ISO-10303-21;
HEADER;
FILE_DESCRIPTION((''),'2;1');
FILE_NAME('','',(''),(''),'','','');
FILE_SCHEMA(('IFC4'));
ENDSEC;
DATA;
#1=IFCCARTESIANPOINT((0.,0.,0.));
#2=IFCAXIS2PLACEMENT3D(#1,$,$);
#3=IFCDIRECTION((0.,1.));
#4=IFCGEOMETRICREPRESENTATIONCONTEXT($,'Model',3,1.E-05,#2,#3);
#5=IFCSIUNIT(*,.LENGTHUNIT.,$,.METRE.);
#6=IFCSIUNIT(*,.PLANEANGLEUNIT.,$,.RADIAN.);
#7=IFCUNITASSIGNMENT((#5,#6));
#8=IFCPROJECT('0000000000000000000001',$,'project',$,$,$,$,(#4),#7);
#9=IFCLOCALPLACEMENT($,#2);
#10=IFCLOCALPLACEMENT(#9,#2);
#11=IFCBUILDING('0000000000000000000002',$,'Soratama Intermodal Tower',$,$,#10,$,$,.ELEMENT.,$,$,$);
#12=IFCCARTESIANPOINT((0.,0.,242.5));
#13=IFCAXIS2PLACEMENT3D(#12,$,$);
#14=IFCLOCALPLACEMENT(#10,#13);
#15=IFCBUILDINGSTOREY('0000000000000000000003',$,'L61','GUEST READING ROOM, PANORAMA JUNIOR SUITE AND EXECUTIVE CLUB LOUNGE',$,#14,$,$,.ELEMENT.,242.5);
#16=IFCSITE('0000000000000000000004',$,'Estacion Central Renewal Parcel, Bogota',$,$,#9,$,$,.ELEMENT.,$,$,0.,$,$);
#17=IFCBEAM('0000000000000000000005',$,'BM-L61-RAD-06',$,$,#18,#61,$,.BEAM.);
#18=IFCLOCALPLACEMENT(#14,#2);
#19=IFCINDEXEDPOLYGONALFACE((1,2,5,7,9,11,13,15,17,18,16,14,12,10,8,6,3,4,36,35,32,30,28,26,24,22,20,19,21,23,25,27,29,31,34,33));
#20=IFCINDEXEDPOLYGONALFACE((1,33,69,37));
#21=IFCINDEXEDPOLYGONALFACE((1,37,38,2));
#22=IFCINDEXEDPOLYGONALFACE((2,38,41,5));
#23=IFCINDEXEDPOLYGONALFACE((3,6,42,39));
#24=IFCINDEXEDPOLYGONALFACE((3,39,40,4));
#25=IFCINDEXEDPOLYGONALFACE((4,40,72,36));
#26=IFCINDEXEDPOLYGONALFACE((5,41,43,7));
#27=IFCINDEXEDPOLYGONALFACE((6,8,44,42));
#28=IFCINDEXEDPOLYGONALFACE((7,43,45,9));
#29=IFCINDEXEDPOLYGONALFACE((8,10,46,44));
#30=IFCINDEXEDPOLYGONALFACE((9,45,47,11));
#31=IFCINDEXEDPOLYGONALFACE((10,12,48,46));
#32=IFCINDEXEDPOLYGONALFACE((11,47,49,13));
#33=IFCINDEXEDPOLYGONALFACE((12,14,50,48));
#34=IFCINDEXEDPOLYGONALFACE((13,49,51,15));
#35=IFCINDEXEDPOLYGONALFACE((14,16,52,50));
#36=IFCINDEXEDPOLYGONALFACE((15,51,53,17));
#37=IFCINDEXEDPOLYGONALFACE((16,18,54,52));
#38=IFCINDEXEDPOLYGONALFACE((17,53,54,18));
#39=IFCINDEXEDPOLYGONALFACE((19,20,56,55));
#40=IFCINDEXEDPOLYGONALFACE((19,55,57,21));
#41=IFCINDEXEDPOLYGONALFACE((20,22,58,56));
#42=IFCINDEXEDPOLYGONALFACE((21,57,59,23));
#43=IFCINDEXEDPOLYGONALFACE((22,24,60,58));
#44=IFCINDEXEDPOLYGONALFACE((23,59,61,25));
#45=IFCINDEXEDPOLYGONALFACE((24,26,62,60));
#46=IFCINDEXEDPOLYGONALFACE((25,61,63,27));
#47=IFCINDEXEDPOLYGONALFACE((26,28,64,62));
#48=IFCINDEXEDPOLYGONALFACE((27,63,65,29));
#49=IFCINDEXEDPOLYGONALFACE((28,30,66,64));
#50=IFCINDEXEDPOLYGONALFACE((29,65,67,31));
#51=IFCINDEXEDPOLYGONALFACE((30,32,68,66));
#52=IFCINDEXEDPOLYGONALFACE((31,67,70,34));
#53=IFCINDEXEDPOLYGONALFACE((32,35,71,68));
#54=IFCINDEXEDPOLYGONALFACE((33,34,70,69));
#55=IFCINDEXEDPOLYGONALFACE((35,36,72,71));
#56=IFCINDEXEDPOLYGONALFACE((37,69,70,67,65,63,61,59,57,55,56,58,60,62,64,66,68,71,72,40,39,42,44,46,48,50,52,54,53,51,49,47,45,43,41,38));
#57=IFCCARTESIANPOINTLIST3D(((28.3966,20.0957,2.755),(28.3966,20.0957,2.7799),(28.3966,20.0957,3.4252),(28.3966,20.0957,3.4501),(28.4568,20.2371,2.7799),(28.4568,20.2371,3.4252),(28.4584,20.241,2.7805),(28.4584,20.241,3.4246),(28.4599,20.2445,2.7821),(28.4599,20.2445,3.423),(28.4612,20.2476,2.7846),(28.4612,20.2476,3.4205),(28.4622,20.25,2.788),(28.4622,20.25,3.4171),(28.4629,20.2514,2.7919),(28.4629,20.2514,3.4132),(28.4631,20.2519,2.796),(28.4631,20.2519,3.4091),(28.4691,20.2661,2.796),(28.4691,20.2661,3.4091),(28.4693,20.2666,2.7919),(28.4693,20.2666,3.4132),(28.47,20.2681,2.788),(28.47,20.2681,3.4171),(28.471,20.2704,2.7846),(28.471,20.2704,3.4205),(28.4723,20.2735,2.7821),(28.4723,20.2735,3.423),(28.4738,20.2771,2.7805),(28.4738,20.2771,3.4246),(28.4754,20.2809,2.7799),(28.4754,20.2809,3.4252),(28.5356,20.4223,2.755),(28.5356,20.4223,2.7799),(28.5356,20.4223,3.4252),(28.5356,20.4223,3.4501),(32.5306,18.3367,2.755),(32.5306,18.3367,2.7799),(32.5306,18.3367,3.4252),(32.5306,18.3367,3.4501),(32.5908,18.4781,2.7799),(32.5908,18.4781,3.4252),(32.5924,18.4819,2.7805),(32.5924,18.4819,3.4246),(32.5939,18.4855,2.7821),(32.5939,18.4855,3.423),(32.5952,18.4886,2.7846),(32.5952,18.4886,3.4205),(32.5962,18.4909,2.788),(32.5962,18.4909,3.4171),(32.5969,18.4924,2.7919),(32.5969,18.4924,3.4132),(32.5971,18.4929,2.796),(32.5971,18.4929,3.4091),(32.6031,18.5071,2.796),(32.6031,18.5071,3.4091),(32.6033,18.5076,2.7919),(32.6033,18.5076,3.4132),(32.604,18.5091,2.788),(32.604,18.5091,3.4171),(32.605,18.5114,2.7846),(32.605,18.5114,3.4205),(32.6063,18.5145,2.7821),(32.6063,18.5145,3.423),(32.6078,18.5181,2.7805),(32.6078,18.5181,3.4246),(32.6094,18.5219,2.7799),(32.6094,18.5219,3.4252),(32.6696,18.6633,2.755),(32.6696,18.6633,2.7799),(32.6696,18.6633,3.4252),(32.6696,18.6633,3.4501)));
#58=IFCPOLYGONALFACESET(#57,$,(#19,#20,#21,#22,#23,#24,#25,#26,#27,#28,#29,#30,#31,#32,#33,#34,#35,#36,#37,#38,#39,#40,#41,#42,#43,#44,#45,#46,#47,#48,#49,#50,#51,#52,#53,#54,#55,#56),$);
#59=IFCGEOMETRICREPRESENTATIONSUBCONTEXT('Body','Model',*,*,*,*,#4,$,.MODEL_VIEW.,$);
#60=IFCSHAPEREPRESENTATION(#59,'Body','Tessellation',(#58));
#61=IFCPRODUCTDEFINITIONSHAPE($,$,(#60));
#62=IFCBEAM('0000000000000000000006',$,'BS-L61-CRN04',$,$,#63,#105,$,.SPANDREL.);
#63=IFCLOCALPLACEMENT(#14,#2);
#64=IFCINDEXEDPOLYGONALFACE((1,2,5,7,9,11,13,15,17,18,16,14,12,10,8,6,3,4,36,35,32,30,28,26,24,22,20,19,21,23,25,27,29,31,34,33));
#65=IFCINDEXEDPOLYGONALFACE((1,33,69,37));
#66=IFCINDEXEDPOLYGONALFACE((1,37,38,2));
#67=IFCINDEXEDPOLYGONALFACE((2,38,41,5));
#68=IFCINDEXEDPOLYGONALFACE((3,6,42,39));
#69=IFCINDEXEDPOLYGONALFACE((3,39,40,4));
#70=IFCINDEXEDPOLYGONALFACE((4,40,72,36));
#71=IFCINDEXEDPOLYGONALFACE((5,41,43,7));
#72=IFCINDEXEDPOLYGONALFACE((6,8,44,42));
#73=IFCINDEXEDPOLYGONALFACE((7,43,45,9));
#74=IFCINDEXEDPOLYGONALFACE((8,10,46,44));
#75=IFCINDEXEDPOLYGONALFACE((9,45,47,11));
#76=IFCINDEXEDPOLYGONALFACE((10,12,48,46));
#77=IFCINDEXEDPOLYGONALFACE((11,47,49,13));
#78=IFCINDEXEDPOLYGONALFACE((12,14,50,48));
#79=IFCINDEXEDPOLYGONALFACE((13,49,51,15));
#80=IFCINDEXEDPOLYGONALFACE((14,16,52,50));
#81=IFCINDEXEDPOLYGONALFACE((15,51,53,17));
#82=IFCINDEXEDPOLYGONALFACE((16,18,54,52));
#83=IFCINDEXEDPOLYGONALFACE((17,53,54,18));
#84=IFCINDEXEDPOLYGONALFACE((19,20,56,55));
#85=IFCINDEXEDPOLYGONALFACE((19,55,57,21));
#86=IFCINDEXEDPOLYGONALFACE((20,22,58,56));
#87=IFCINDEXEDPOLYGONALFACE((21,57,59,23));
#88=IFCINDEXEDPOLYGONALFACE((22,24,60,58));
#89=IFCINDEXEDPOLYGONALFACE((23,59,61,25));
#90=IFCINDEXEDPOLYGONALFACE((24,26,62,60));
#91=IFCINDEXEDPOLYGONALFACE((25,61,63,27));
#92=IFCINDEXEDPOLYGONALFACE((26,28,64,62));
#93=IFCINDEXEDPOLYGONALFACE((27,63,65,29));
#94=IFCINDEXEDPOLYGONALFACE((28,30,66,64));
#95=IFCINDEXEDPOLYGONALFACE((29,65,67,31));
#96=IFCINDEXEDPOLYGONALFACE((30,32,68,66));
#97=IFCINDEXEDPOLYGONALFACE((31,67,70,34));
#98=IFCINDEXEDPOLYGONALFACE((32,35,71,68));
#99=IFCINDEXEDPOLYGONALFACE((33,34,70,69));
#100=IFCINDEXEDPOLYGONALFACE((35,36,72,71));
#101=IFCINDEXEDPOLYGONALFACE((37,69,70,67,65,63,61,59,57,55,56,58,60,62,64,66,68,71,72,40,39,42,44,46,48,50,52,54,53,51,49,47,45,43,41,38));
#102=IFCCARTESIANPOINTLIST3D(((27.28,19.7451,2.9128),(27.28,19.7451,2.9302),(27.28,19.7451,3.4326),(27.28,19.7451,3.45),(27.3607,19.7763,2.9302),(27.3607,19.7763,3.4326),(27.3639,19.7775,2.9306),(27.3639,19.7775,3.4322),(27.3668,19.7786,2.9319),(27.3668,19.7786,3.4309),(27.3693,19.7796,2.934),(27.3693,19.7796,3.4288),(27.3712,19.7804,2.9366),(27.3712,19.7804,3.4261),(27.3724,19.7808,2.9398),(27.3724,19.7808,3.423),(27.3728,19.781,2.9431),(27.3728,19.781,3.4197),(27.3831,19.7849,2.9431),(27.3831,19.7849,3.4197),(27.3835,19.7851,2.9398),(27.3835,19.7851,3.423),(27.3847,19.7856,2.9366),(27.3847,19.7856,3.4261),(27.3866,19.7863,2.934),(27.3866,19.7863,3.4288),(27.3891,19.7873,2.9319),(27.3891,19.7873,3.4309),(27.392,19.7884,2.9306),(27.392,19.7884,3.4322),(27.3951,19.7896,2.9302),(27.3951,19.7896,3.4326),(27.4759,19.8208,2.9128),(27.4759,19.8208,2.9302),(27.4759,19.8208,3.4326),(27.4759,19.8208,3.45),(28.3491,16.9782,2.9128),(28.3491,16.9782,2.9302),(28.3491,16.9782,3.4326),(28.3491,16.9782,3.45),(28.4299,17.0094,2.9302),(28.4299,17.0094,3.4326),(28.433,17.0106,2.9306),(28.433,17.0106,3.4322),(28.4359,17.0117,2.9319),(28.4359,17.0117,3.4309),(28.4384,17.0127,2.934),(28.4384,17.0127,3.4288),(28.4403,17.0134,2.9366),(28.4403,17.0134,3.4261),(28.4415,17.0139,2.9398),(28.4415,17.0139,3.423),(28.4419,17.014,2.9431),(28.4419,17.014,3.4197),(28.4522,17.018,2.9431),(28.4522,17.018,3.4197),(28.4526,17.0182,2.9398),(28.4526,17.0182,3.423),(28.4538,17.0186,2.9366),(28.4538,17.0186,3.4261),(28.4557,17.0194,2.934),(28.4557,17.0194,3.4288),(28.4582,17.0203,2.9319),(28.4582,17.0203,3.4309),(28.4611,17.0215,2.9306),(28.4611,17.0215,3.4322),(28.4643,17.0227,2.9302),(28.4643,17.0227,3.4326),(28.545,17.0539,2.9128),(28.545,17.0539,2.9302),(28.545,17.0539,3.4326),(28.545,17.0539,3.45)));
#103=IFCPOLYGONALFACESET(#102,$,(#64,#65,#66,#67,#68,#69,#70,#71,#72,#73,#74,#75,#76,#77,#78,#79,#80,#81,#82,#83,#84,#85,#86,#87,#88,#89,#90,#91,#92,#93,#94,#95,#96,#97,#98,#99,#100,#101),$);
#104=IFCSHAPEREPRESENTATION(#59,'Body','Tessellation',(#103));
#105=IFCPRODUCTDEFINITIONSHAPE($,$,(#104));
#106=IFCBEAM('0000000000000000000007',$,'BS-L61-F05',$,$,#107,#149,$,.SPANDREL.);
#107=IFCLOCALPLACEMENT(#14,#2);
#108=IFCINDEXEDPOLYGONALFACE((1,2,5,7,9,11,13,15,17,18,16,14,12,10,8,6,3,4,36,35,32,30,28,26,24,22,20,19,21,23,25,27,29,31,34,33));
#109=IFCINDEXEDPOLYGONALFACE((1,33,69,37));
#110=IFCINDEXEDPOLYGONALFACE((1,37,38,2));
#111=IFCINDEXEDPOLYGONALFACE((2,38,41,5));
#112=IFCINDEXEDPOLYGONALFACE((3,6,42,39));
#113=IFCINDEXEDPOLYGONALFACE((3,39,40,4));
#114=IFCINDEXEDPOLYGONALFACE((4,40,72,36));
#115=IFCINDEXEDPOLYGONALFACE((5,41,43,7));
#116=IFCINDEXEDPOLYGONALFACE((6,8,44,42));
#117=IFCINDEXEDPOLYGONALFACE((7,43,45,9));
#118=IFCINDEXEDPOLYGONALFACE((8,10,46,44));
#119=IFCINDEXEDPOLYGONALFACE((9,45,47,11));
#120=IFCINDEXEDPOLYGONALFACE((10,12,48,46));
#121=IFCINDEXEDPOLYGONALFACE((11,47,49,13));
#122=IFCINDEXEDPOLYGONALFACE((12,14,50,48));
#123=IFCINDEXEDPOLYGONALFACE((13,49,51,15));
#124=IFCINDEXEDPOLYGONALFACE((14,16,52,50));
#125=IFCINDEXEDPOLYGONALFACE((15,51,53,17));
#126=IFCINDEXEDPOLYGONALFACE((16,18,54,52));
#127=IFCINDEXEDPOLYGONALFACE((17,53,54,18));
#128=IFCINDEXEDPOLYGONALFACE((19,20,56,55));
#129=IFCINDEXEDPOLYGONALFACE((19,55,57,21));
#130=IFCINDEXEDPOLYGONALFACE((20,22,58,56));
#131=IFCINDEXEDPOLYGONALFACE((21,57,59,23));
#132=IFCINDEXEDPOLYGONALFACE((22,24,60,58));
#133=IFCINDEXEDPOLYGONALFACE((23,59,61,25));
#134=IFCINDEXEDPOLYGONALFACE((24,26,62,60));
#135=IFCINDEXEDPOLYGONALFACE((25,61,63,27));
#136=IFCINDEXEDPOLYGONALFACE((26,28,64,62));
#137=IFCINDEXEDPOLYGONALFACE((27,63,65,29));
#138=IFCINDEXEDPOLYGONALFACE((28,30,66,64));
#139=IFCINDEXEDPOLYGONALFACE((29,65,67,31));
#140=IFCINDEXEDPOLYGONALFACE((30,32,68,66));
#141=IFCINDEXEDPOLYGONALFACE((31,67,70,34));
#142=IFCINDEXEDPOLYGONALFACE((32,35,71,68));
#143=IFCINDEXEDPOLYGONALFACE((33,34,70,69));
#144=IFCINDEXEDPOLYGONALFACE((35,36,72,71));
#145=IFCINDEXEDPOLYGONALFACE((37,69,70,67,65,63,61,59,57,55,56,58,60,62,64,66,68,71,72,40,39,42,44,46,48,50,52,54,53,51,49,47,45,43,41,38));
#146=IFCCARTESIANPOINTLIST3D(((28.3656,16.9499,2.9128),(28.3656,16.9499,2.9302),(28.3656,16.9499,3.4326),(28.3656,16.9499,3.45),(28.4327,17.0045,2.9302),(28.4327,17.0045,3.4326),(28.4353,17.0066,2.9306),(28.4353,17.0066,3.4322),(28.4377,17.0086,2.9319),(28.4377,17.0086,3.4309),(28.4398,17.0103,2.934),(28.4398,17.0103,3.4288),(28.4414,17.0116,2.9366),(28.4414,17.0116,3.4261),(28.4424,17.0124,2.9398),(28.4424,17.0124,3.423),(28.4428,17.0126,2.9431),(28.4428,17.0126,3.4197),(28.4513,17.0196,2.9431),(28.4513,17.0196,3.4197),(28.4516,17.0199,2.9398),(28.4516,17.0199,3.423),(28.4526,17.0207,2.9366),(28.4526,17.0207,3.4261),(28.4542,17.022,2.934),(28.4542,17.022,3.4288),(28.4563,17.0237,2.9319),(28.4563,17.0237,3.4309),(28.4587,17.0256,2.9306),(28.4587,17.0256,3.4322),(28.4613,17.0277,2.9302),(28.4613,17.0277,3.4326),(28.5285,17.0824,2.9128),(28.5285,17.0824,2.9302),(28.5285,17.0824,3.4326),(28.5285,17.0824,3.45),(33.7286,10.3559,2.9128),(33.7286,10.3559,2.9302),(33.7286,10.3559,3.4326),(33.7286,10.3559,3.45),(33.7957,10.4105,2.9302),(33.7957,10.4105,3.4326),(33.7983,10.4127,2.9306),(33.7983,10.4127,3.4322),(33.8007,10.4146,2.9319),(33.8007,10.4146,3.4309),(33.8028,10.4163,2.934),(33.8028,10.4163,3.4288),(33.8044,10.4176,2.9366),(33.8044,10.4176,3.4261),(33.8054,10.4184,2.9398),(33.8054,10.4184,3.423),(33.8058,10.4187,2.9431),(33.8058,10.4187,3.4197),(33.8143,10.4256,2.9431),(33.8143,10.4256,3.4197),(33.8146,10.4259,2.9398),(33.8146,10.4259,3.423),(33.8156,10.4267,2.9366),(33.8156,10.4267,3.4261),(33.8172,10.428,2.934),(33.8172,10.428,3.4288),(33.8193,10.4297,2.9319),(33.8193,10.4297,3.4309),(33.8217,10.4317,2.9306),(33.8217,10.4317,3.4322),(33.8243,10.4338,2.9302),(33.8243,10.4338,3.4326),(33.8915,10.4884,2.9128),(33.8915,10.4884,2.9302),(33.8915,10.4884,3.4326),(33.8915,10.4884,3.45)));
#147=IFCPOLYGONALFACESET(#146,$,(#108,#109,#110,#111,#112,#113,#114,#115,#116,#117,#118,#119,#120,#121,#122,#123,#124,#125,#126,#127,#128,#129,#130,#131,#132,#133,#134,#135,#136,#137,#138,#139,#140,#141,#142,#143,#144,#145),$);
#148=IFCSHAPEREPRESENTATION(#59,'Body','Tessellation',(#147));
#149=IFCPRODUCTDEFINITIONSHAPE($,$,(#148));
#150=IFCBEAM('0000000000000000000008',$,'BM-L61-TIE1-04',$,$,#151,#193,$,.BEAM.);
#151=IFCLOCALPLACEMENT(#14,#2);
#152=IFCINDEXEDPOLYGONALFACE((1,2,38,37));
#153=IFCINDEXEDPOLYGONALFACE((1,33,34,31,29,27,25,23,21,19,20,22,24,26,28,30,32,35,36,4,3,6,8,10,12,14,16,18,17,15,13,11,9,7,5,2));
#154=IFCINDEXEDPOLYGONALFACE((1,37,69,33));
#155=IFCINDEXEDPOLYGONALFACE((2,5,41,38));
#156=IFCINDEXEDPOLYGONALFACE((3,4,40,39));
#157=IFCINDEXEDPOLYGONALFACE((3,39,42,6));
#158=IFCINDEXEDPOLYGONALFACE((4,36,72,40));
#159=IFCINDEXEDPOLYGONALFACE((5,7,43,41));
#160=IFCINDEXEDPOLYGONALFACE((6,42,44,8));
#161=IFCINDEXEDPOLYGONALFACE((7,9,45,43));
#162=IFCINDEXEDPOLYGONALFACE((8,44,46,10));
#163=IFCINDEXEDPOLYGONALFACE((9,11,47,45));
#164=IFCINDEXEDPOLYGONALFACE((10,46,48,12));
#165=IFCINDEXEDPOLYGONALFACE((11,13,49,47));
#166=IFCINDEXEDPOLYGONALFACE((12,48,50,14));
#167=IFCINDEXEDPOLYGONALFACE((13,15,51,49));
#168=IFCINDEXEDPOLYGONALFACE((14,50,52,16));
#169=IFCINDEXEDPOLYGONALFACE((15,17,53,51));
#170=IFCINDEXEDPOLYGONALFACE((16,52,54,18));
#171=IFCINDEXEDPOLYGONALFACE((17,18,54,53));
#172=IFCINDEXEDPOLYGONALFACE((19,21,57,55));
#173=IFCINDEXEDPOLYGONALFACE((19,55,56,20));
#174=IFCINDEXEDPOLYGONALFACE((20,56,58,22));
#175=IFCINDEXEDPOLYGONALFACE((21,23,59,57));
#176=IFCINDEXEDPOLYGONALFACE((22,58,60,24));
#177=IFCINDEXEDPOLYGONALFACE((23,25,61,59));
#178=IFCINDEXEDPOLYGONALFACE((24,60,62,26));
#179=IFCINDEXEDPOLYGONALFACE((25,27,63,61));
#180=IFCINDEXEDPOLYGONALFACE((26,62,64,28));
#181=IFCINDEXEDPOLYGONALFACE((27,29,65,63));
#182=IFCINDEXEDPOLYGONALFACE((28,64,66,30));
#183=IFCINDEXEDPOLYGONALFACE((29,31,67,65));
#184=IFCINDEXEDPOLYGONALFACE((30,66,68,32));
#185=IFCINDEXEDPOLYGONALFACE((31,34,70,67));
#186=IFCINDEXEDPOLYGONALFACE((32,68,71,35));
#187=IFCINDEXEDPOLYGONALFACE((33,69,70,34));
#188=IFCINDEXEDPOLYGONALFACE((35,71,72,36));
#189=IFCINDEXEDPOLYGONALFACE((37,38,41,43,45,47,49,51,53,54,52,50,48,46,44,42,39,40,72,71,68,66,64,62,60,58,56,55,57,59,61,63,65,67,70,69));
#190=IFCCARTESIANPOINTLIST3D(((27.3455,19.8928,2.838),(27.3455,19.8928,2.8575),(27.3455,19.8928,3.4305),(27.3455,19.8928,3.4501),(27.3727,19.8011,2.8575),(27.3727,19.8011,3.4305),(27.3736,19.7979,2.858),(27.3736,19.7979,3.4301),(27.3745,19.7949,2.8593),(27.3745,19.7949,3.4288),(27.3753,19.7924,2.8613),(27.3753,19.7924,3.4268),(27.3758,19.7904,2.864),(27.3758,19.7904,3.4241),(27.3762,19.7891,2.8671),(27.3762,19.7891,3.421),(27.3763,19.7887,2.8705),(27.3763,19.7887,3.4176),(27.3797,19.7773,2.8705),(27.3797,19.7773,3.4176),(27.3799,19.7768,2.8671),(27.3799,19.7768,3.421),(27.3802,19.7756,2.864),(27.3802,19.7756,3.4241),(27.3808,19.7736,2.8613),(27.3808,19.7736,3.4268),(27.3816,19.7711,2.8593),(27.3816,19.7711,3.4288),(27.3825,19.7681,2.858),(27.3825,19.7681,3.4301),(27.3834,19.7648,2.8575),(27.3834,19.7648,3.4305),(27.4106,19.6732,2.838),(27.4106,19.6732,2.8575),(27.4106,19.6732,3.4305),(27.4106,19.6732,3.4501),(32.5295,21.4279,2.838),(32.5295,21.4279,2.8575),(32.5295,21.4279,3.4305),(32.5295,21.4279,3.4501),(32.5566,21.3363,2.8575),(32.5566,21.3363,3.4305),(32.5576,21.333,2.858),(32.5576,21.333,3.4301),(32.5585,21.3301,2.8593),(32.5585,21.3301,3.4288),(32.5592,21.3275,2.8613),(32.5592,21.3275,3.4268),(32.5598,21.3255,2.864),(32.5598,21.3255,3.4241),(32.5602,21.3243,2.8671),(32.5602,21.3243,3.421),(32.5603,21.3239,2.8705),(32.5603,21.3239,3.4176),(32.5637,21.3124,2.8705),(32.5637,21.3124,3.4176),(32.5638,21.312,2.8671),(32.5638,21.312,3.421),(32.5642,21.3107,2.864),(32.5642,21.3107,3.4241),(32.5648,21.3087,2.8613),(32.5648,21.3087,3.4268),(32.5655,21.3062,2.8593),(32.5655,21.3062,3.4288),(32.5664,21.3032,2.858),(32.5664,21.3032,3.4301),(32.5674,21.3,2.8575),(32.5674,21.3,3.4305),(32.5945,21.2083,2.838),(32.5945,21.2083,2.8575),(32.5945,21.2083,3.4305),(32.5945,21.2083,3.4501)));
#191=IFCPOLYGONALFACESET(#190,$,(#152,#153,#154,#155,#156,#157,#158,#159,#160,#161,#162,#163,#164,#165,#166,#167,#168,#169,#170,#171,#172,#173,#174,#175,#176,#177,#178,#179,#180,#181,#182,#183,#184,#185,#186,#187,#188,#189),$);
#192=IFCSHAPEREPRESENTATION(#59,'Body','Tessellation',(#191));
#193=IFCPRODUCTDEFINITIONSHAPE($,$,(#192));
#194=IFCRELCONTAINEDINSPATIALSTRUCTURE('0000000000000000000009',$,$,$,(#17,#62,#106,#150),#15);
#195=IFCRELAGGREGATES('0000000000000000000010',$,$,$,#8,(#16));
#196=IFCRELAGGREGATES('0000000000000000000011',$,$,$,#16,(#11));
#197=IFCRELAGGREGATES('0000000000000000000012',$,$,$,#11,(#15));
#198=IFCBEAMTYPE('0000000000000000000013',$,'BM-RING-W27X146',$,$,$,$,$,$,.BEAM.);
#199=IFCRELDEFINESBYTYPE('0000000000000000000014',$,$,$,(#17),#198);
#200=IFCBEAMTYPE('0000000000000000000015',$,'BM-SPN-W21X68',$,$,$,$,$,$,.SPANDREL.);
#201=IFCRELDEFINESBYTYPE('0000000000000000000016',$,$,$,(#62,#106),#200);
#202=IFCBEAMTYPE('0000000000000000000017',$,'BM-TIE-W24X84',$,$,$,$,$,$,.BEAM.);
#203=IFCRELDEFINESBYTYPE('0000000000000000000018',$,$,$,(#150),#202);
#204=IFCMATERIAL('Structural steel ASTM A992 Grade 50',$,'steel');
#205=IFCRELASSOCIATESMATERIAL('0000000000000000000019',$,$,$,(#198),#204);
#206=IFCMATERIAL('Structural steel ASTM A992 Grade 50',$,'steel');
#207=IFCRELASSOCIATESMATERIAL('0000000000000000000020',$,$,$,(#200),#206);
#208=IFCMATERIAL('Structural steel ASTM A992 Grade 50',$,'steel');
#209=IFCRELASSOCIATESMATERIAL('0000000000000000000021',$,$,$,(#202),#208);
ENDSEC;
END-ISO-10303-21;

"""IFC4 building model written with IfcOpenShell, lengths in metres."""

from ifc_helpers import new_model, si_unit, direction, frame, origin, origin_2d, place, context, subcontext, project, spatial, i_section, extrude, material, material_profile, profile_set, type_object, element, save


model = new_model("IFC4")

# Units and contexts
model_context = context("Model", 3, precision=1e-05, world=origin(), true_north=direction((0.0, 1.0)))
body_context = subcontext(model_context, "Body", "Model", "MODEL_VIEW")
ifc_project = project(units=[si_unit("LENGTHUNIT", "METRE"), si_unit("PLANEANGLEUNIT", "RADIAN")], contexts=[model_context])

# Site, building, storey
site_placement = place(None, origin())
site = spatial("IfcSite", under=ifc_project, at=site_placement, Name="Estacion Central Renewal Parcel, Bogota", CompositionType="ELEMENT", RefElevation=0.0)
building_placement = place(site_placement, origin())
building = spatial("IfcBuilding", under=site, at=building_placement, Name="Soratama Intermodal Tower", CompositionType="ELEMENT")
storey_placement = place(building_placement, frame((0.0, 0.0, 242.5)))
storey = spatial("IfcBuildingStorey", under=building, at=storey_placement, Name="L61", Description="GUEST READING ROOM, PANORAMA JUNIOR SUITE AND EXECUTIVE CLUB LOUNGE", CompositionType="ELEMENT", Elevation=242.5)

# Beams
ifc_material_1 = material(Name="Structural steel ASTM A992 Grade 50", Category="steel")
ifc_material_profile_1 = material_profile(ifc_material_1, i_section(OverallWidth=0.355, OverallDepth=0.6951, WebThickness=0.0154, FlangeThickness=0.0249, FilletRadius=0.0161, at=origin_2d()), Name="W27X146")
ifc_profile_set_1 = profile_set([ifc_material_profile_1], Name="Structural steel ASTM A992 Grade 50")
beam_type_1 = type_object("IfcBeamType", Name="BM-RING-W27X146", PredefinedType="BEAM", material=ifc_profile_set_1)
beam_1_placement = place(storey_placement, frame((32.6001, 18.5, 3.1025), z_axis=(-0.920165, 0.391531, 0.0), x_axis=(-0.391531, -0.920165, 0.0)))
element("IfcBeam", 1, at=beam_1_placement, inside=storey, type_object=beam_type_1, Name="BM-L61-RAD-06", PredefinedType="BEAM", context=body_context, shape_type="SweptSolid", body=[
    extrude(i_section(OverallWidth=0.355, OverallDepth=0.6951, WebThickness=0.0154, FlangeThickness=0.0249, FilletRadius=0.0161, at=origin_2d()), origin(), (0.0, 0.0, 1.0), 4.4927),
])
ifc_material_2 = material(Name="Structural steel ASTM A992 Grade 50", Category="steel")
ifc_material_profile_2 = material_profile(ifc_material_2, i_section(OverallWidth=0.21, OverallDepth=0.5371, WebThickness=0.011, FlangeThickness=0.0173, FilletRadius=0.0129, at=origin_2d()), Name="W21X68")
ifc_profile_set_2 = profile_set([ifc_material_profile_2], Name="Structural steel ASTM A992 Grade 50")
beam_type_2 = type_object("IfcBeamType", Name="BM-SPN-W21X68", PredefinedType="SPANDREL", material=ifc_profile_set_2)
beam_2_placement = place(storey_placement, frame((27.3779, 19.783, 3.1814), z_axis=(0.360424, -0.932789, 0.0), x_axis=(0.932789, 0.360424, 0.0)))
element("IfcBeam", 2, at=beam_2_placement, inside=storey, type_object=beam_type_2, Name="BS-L61-CRN04", PredefinedType="SPANDREL", context=body_context, shape_type="SweptSolid", body=[
    extrude(i_section(OverallWidth=0.21, OverallDepth=0.5371, WebThickness=0.011, FlangeThickness=0.0173, FilletRadius=0.0129, at=origin_2d()), origin(), (0.0, 0.0, 1.0), 2.9663),
])
beam_3_placement = place(storey_placement, frame((28.447, 17.0161, 3.1814), z_axis=(0.630976, -0.775802, 0.0), x_axis=(0.775802, 0.630976, 0.0)))
element("IfcBeam", 3, at=beam_3_placement, inside=storey, type_object=beam_type_2, Name="BS-L61-F05", PredefinedType="SPANDREL", context=body_context, shape_type="SweptSolid", body=[
    extrude(i_section(OverallWidth=0.21, OverallDepth=0.5371, WebThickness=0.011, FlangeThickness=0.0173, FilletRadius=0.0129, at=origin_2d()), origin(), (0.0, 0.0, 1.0), 8.4995),
])
ifc_material_3 = material(Name="Structural steel ASTM A992 Grade 50", Category="steel")
ifc_material_profile_3 = material_profile(ifc_material_3, i_section(OverallWidth=0.229, OverallDepth=0.6121, WebThickness=0.012, FlangeThickness=0.0195, FilletRadius=0.0129, at=origin_2d()), Name="W24X84")
ifc_profile_set_3 = profile_set([ifc_material_profile_3], Name="Structural steel ASTM A992 Grade 50")
beam_type_3 = type_object("IfcBeamType", Name="BM-TIE-W24X84", PredefinedType="BEAM", material=ifc_profile_set_3)
beam_4_placement = place(storey_placement, frame((32.562, 21.3181, 3.144), z_axis=(-0.958842, -0.283941, 0.0), x_axis=(0.283941, -0.958842, 0.0)))
element("IfcBeam", 4, at=beam_4_placement, inside=storey, type_object=beam_type_3, Name="BM-L61-TIE1-04", PredefinedType="BEAM", context=body_context, shape_type="SweptSolid", body=[
    extrude(i_section(OverallWidth=0.229, OverallDepth=0.6121, WebThickness=0.012, FlangeThickness=0.0195, FilletRadius=0.0129, at=origin_2d()), origin(), (0.0, 0.0, 1.0), 5.4065),
])

save(model, "model.ifc")
